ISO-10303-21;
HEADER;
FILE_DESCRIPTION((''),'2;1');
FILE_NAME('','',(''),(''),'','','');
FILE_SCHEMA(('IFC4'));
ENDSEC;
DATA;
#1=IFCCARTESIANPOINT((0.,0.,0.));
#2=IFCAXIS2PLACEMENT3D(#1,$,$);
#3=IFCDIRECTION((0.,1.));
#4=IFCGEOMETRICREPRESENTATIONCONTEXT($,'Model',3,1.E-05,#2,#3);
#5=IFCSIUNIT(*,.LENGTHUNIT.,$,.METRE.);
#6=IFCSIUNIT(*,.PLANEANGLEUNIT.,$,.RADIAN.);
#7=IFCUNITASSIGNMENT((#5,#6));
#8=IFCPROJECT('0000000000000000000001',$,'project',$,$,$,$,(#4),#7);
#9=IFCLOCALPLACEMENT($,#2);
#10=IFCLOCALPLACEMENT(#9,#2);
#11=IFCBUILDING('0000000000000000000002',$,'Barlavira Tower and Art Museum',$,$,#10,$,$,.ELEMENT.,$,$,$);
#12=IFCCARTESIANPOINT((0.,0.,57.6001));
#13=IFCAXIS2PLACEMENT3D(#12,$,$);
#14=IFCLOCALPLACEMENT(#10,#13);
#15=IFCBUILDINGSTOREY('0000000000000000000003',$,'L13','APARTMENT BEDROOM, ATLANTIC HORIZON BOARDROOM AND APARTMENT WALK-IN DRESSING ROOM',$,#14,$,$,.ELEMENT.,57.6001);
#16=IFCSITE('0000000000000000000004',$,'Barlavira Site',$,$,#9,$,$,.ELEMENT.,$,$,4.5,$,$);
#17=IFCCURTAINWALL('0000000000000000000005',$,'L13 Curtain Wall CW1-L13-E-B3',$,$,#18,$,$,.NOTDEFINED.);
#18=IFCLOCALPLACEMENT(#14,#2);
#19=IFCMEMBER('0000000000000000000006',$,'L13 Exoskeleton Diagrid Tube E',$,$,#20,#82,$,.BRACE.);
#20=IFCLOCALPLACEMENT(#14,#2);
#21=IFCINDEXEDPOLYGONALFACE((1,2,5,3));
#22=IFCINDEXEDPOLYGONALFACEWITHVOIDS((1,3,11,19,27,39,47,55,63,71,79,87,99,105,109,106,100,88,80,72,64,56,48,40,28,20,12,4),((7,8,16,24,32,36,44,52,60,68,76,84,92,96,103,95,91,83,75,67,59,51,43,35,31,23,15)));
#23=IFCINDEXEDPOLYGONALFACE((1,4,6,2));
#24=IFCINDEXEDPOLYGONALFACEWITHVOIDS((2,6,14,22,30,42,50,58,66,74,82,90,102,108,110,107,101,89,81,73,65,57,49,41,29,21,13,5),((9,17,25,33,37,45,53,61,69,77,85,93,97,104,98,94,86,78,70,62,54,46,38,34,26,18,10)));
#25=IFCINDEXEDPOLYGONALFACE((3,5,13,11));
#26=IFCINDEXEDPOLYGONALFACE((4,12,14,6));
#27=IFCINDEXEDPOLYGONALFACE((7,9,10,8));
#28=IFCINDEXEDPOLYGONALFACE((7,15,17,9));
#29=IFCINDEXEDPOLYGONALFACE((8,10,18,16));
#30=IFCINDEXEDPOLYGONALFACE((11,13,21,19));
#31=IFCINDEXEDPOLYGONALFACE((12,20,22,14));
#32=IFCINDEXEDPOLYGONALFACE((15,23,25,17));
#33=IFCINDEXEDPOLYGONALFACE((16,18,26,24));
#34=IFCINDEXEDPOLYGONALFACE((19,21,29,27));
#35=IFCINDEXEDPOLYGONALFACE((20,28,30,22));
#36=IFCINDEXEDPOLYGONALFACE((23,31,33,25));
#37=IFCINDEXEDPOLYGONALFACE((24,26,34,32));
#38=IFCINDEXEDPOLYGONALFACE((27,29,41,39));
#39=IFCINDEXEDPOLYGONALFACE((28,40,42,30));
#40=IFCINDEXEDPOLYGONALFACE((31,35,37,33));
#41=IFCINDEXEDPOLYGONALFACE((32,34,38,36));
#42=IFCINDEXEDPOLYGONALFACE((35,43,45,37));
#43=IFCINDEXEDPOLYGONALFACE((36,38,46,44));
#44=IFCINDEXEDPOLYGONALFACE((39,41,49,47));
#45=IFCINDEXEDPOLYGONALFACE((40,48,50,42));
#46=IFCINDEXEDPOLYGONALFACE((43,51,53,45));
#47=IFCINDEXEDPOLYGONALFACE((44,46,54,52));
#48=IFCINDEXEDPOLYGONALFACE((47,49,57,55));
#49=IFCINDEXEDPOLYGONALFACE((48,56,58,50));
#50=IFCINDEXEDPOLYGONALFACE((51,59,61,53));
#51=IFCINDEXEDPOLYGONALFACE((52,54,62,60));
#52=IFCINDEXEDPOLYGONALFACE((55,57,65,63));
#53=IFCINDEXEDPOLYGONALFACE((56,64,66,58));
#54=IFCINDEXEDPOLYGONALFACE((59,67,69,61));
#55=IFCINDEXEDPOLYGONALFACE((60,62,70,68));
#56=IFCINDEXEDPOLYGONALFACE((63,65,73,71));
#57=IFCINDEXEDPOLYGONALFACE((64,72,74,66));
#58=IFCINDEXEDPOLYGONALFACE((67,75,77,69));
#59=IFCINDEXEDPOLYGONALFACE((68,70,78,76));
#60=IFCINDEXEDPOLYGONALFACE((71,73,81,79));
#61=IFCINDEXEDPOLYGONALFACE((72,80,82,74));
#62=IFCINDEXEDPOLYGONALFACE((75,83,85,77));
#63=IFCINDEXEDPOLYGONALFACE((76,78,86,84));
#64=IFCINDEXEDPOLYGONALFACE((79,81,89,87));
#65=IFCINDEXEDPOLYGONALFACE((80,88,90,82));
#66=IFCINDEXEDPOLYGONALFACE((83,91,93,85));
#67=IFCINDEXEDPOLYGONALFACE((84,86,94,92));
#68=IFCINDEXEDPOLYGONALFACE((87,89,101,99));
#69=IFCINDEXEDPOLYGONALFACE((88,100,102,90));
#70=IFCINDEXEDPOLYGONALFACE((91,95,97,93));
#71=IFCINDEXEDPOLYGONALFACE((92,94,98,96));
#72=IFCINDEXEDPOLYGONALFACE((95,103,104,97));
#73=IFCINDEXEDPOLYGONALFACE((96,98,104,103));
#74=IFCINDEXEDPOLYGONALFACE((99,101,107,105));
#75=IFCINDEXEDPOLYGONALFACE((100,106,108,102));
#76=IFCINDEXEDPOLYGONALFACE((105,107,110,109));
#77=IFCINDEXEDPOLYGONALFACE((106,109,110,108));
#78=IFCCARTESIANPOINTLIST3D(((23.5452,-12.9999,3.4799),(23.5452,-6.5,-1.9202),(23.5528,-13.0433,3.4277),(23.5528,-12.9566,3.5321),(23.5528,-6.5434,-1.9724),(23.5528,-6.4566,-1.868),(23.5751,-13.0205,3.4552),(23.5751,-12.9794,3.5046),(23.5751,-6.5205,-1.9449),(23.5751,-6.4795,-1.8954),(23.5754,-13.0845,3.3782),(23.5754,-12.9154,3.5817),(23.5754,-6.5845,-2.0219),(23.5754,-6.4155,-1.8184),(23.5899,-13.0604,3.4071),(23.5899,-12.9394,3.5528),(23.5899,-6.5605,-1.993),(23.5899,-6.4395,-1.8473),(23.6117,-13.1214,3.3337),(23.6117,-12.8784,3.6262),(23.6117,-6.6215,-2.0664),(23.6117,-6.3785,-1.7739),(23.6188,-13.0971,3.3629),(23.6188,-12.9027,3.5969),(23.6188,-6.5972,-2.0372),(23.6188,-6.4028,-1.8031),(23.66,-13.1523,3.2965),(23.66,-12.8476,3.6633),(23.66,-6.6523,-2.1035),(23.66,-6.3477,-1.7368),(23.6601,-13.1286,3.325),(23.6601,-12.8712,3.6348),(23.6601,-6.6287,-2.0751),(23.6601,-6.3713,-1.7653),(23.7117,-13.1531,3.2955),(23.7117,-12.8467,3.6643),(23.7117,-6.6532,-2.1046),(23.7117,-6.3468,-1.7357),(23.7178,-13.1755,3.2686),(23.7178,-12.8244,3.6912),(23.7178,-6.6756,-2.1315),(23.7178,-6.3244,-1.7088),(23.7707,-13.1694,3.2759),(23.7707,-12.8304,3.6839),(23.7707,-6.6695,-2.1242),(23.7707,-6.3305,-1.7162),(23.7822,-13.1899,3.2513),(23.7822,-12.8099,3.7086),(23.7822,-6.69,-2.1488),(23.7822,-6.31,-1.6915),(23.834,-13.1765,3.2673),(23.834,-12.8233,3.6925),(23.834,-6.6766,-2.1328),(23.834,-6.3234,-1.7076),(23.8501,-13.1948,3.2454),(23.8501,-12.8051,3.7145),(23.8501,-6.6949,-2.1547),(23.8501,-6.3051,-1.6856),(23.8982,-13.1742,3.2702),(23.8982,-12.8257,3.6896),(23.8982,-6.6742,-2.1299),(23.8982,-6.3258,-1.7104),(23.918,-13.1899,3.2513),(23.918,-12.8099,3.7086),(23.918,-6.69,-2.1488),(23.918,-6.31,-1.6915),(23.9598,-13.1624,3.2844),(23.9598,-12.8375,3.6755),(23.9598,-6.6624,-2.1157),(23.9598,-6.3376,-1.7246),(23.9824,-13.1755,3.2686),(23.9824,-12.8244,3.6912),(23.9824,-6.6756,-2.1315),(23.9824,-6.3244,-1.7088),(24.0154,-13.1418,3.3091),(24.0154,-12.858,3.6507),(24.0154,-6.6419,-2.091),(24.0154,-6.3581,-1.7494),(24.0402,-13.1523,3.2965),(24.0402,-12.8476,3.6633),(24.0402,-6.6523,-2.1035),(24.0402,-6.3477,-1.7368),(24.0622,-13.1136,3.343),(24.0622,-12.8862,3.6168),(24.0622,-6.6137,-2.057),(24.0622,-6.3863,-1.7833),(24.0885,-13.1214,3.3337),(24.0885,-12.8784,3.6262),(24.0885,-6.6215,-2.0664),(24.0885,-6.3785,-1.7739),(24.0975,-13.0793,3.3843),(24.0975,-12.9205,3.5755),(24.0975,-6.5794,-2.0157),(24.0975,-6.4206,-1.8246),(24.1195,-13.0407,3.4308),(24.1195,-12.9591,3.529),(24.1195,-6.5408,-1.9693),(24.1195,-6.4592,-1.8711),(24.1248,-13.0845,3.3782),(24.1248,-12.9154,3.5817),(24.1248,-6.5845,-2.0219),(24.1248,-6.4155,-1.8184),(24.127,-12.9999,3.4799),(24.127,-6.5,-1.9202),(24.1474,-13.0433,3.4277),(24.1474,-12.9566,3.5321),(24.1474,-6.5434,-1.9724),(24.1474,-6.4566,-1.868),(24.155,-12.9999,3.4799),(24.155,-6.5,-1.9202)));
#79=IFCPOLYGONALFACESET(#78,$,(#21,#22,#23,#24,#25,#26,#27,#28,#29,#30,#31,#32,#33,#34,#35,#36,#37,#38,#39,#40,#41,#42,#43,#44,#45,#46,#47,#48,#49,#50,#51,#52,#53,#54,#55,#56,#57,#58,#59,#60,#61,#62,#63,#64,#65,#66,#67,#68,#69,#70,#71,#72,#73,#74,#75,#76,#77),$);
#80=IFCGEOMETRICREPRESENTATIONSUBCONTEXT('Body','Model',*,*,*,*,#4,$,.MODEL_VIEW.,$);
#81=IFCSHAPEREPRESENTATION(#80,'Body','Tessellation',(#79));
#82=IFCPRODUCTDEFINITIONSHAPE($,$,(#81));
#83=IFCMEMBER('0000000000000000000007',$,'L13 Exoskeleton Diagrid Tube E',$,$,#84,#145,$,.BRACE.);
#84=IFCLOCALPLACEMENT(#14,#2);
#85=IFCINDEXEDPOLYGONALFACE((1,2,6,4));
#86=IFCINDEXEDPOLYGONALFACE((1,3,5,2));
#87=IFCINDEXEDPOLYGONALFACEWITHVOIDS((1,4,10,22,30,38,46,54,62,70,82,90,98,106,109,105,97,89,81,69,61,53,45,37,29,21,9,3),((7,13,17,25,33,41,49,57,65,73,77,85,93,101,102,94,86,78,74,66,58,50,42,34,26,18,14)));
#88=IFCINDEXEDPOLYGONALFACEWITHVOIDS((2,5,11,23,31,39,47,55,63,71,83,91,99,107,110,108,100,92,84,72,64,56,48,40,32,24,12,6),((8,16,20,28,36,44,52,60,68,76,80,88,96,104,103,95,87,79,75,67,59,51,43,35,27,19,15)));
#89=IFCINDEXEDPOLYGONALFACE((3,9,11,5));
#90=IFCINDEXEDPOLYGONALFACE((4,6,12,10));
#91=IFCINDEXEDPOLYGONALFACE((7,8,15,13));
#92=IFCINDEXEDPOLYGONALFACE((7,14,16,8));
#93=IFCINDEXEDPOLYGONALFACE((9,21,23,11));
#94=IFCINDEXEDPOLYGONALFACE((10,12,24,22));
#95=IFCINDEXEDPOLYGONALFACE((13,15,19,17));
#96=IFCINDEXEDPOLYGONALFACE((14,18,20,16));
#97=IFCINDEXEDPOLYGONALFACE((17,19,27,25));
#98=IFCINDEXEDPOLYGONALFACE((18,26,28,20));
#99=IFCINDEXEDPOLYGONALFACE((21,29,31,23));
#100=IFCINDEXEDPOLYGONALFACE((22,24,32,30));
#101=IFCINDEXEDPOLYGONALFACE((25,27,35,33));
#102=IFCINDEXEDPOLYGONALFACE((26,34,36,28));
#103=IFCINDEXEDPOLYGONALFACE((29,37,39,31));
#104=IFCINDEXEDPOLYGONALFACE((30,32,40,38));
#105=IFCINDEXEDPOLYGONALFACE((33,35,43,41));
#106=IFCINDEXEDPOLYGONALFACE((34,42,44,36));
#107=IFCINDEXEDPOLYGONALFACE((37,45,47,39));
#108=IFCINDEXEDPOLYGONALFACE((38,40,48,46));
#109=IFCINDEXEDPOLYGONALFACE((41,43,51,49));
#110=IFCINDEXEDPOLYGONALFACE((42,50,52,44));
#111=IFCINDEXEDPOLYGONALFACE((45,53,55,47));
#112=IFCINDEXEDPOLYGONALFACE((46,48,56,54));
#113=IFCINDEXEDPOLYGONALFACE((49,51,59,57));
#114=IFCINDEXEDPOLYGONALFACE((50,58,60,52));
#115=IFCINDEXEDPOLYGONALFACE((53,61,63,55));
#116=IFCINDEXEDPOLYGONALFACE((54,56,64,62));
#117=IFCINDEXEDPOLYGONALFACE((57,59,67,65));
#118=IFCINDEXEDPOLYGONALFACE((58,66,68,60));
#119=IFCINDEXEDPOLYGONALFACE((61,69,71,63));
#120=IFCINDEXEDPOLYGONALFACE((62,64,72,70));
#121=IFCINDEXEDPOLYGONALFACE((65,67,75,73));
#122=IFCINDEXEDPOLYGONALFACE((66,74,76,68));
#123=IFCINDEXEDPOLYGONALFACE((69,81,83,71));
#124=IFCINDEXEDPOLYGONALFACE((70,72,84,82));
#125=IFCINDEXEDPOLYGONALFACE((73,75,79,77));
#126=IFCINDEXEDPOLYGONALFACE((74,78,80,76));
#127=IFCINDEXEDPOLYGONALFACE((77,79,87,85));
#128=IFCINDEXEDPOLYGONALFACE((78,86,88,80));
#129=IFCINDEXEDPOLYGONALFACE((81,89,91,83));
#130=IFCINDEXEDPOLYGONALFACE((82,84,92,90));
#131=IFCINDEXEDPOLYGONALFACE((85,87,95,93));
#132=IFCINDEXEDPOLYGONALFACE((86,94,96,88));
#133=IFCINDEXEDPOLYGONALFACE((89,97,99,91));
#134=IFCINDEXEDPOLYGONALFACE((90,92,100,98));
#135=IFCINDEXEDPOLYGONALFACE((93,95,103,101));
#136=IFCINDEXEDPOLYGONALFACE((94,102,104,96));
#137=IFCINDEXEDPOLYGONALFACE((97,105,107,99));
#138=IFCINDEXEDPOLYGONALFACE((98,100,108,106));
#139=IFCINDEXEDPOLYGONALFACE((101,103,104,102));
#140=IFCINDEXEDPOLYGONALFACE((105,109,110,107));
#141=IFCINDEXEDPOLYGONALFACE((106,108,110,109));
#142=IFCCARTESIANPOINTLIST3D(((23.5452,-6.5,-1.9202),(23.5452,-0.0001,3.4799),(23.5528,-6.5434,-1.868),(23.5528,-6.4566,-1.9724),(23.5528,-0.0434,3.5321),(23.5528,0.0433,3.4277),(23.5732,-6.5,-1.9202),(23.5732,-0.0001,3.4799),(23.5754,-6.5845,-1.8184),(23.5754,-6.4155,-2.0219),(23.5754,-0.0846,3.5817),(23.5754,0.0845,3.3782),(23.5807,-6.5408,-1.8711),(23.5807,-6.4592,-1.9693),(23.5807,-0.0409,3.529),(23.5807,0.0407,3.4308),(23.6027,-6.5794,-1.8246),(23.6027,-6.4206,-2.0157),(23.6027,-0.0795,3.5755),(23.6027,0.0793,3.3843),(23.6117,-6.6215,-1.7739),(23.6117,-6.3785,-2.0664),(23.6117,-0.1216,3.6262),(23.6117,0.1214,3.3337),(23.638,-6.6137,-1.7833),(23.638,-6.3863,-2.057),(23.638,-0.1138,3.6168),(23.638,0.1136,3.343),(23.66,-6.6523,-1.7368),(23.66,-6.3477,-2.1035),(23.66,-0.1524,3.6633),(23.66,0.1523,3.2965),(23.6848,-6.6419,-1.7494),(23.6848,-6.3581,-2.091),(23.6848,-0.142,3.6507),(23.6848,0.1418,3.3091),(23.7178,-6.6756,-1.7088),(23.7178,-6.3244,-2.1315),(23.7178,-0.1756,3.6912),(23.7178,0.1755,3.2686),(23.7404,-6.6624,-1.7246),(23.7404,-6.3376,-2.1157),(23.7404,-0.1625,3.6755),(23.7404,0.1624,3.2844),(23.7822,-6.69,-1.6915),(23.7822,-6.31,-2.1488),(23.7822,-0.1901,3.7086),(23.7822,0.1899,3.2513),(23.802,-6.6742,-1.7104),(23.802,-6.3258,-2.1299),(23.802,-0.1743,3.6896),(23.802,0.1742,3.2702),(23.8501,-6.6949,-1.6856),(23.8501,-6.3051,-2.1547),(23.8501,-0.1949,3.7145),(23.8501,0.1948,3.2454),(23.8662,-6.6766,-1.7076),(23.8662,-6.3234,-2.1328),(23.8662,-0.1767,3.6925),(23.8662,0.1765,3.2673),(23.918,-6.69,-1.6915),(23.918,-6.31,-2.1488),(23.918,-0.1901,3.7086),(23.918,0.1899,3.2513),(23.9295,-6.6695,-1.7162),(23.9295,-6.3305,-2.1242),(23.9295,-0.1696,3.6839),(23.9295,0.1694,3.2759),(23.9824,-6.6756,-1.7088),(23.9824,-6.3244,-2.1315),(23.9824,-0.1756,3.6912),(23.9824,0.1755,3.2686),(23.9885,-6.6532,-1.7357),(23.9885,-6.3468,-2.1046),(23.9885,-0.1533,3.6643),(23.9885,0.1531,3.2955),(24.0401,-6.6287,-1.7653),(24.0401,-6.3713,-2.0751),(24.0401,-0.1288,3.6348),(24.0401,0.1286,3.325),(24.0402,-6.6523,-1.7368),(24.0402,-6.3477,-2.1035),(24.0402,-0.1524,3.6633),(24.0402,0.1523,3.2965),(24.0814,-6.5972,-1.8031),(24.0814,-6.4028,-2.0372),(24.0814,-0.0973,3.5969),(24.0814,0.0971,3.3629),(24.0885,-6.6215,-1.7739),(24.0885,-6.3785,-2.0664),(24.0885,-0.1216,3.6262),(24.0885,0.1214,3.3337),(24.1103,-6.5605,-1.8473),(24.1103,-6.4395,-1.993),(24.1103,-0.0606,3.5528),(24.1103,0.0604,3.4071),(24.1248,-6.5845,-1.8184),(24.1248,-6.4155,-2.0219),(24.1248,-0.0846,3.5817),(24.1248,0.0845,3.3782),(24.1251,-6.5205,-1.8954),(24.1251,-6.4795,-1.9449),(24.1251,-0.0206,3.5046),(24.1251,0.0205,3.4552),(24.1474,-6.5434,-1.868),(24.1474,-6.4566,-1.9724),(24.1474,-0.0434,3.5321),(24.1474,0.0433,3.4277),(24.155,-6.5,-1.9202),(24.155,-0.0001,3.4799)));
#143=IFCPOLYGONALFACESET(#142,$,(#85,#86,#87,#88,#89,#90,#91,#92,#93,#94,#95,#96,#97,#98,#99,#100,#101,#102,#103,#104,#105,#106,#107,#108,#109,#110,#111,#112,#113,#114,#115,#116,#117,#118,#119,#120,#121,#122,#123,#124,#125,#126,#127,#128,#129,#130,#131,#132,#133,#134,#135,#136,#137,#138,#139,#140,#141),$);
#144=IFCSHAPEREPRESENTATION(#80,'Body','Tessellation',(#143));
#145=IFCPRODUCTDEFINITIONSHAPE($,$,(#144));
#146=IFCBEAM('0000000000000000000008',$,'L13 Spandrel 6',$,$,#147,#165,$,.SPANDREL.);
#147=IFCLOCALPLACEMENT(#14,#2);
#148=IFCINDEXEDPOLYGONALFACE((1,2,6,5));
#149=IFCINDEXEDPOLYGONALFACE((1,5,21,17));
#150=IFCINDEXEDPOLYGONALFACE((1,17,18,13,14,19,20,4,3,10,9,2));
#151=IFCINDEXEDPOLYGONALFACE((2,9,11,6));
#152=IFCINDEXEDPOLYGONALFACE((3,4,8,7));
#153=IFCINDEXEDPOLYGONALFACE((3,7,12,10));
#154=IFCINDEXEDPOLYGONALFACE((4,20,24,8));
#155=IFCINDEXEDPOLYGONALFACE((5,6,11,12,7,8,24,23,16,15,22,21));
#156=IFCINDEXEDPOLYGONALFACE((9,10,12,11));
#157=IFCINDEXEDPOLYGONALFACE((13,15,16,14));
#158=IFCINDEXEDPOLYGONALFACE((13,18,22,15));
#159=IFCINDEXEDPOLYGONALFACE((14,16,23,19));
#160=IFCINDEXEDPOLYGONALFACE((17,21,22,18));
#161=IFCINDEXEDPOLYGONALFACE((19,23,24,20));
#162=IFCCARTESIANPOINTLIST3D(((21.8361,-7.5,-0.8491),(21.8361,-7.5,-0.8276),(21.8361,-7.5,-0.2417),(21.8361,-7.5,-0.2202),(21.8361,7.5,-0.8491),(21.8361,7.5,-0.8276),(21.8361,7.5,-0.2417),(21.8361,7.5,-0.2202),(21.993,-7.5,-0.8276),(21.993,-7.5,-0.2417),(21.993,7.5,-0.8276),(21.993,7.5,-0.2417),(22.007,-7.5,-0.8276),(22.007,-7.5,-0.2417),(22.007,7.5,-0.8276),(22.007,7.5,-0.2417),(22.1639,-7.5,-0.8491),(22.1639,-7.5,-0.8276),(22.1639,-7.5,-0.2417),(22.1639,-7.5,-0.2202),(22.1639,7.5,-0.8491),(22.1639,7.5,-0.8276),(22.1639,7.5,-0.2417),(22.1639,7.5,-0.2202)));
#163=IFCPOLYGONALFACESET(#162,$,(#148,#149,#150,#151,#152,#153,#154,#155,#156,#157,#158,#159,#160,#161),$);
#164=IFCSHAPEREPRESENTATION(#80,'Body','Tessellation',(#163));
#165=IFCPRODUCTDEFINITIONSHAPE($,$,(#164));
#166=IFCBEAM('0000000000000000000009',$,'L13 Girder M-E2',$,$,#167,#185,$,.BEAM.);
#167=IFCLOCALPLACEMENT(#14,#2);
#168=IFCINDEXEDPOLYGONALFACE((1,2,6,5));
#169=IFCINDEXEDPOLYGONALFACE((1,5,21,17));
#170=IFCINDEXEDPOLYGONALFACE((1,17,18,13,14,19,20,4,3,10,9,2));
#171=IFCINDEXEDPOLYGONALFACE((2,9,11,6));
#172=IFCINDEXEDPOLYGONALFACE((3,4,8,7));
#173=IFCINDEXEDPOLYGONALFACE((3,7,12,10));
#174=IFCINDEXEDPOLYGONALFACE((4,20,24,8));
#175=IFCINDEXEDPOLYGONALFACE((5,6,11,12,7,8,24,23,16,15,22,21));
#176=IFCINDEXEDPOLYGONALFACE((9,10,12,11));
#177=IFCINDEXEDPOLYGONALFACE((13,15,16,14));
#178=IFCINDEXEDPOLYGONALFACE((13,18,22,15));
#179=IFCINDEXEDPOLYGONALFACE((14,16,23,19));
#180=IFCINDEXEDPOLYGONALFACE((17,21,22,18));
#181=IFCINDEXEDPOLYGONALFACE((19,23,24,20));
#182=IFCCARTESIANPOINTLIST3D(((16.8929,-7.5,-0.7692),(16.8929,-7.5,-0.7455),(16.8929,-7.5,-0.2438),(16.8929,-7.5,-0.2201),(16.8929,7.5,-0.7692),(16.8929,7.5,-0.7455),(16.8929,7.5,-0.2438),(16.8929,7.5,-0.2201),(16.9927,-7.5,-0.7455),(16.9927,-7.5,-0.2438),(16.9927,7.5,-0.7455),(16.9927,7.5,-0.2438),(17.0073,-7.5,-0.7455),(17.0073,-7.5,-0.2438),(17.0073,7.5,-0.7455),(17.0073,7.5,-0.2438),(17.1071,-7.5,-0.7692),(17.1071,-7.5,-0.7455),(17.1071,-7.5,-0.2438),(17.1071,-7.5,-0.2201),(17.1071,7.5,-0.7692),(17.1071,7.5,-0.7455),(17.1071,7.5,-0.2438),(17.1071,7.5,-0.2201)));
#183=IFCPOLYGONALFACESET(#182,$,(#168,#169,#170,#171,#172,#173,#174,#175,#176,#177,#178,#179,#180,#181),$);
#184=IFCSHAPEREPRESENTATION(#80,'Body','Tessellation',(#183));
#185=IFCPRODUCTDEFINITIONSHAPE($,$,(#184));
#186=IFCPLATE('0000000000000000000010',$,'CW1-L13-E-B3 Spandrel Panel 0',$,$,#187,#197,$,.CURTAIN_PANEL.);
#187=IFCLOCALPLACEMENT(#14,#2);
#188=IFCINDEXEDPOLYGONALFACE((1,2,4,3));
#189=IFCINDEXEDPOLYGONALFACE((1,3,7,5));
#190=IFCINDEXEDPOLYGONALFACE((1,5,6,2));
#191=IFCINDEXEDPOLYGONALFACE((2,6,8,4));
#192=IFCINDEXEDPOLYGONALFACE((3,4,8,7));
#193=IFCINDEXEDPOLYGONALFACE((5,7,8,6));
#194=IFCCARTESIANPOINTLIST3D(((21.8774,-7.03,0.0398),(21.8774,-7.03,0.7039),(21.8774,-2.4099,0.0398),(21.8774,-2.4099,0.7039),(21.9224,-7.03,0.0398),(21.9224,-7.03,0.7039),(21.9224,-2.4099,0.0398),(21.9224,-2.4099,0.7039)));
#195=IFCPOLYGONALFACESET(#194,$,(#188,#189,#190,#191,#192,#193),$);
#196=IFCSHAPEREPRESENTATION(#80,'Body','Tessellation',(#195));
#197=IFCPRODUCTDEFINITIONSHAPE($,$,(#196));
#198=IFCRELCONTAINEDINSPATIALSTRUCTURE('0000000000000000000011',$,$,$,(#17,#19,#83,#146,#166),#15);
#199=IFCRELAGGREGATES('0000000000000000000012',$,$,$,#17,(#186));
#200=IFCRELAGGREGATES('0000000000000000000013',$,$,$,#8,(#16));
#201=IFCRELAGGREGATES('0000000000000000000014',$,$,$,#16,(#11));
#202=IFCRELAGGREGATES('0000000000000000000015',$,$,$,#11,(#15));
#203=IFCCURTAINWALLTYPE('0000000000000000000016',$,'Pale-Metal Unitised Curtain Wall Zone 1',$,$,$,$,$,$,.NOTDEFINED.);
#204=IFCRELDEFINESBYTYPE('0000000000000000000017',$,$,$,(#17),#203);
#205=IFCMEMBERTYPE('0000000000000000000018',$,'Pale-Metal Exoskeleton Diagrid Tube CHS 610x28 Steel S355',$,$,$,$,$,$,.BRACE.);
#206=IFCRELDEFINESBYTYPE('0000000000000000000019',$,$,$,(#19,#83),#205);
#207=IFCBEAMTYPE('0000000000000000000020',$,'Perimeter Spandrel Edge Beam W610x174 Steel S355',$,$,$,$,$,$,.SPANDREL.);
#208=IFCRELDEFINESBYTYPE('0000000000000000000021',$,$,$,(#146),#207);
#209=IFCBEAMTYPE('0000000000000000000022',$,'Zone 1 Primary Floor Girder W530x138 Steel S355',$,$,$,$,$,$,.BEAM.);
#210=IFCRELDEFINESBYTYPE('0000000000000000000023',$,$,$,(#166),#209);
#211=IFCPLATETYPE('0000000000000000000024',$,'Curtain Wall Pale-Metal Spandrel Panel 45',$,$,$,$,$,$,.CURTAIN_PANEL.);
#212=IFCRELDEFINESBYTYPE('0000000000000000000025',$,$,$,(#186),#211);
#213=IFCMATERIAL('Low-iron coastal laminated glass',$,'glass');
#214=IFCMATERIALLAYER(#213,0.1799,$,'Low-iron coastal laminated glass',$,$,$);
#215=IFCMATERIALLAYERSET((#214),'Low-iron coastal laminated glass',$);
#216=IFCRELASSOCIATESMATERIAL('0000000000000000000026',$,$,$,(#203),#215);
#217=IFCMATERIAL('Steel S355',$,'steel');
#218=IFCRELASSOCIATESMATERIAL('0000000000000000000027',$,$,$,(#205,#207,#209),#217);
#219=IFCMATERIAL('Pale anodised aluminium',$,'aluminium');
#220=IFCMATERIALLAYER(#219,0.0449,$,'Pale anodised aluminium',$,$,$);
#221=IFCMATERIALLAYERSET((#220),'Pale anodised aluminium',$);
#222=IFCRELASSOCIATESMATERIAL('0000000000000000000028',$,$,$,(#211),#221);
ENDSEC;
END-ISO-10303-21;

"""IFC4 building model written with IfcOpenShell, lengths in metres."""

from ifc_helpers import new_model, si_unit, direction, frame, origin, origin_2d, place, context, subcontext, project, spatial, rectangle, hollow_circle, i_section, extrude, material, layer, layer_set, material_profile, profile_set, type_object, element, aggregate, save


model = new_model("IFC4")

# Units and contexts
model_context = context("Model", 3, precision=1e-05, world=origin(), true_north=direction((0.0, 1.0)))
body_context = subcontext(model_context, "Body", "Model", "MODEL_VIEW")
ifc_project = project(units=[si_unit("LENGTHUNIT", "METRE"), si_unit("PLANEANGLEUNIT", "RADIAN")], contexts=[model_context])

# Site, building, storey
site_placement = place(None, origin())
site = spatial("IfcSite", under=ifc_project, at=site_placement, Name="Barlavira Site", CompositionType="ELEMENT", RefElevation=4.5)
building_placement = place(site_placement, origin())
building = spatial("IfcBuilding", under=site, at=building_placement, Name="Barlavira Tower and Art Museum", CompositionType="ELEMENT")
storey_placement = place(building_placement, frame((0.0, 0.0, 57.6001)))
storey = spatial("IfcBuildingStorey", under=building, at=storey_placement, Name="L13", Description="APARTMENT BEDROOM, ATLANTIC HORIZON BOARDROOM AND APARTMENT WALK-IN DRESSING ROOM", CompositionType="ELEMENT", Elevation=57.6001)

# Curtain wall
ifc_material_1 = material(Name="Low-iron coastal laminated glass", Category="glass")
ifc_layer_1 = layer(ifc_material_1, 0.1799, Name="Low-iron coastal laminated glass")
ifc_layer_set_1 = layer_set([ifc_layer_1], Name="Low-iron coastal laminated glass")
curtain_wall_type = type_object("IfcCurtainWallType", Name="Pale-Metal Unitised Curtain Wall Zone 1", PredefinedType="NOTDEFINED", material=ifc_layer_set_1)
curtain_wall_placement = place(storey_placement, origin())
curtain_wall = element("IfcCurtainWall", 1, at=curtain_wall_placement, inside=storey, type_object=curtain_wall_type, Name="L13 Curtain Wall CW1-L13-E-B3", PredefinedType="NOTDEFINED")
ifc_material_2 = material(Name="Pale anodised aluminium", Category="aluminium")

# Members
ifc_material_3 = material(Name="Steel S355", Category="steel")
ifc_material_profile_1 = material_profile(ifc_material_3, hollow_circle(Radius=0.3049, WallThickness=0.0281, at=origin_2d()), Name="CHS 610.0x28.0")
ifc_profile_set_1 = profile_set([ifc_material_profile_1], Name="Steel S355")
member_type_1 = type_object("IfcMemberType", Name="Pale-Metal Exoskeleton Diagrid Tube CHS 610x28 Steel S355", PredefinedType="BRACE", material=ifc_profile_set_1)
for number, where, z_axis, x_axis, name in (
    (2, (23.8501, -6.5, -1.9202), (0.0, -0.769182, 0.63903), (1.0, 0.0, 0.0), "L13 Exoskeleton Diagrid Tube E"),
    (3, (23.8501, -6.5, -1.9202), (0.0, 0.769182, 0.63903), (-1.0, 0.0, 0.0), "L13 Exoskeleton Diagrid Tube E"),
):
    element("IfcMember", number, at=place(storey_placement, frame(where, z_axis=z_axis, x_axis=x_axis)), inside=storey, type_object=member_type_1, Name=name, PredefinedType="BRACE", context=body_context, shape_type="SweptSolid", body=[
        extrude(hollow_circle(Radius=0.3049, WallThickness=0.0281, at=origin_2d()), origin(), (0.0, 0.0, 1.0), 8.4504),
    ])

# Beams
ifc_material_profile_2 = material_profile(ifc_material_3, i_section(OverallWidth=0.3279, OverallDepth=0.6289, WebThickness=0.0139, FlangeThickness=0.0215, at=origin_2d()), Name="W610x174.0")
ifc_profile_set_2 = profile_set([ifc_material_profile_2], Name="Steel S355")
beam_type_1 = type_object("IfcBeamType", Name="Perimeter Spandrel Edge Beam W610x174 Steel S355", PredefinedType="SPANDREL", material=ifc_profile_set_2)
beam_1_placement = place(storey_placement, frame((22.0, -7.5, -0.5347), z_axis=(0.0, 1.0, 0.0), x_axis=(-1.0, 0.0, 0.0)))
element("IfcBeam", 4, at=beam_1_placement, inside=storey, type_object=beam_type_1, Name="L13 Spandrel 6", PredefinedType="SPANDREL", context=body_context, shape_type="SweptSolid", body=[
    extrude(i_section(OverallWidth=0.3279, OverallDepth=0.6289, WebThickness=0.0139, FlangeThickness=0.0215, at=origin_2d()), origin(), (0.0, 0.0, 1.0), 15.0),
])
ifc_material_profile_3 = material_profile(ifc_material_3, i_section(OverallWidth=0.2141, OverallDepth=0.5491, WebThickness=0.0146, FlangeThickness=0.0237, at=origin_2d()), Name="W530x138.0")
ifc_profile_set_3 = profile_set([ifc_material_profile_3], Name="Steel S355")
beam_type_2 = type_object("IfcBeamType", Name="Zone 1 Primary Floor Girder W530x138 Steel S355", PredefinedType="BEAM", material=ifc_profile_set_3)
beam_2_placement = place(storey_placement, frame((17.0, -7.5, -0.4946), z_axis=(0.0, 1.0, 0.0), x_axis=(-1.0, 0.0, 0.0)))
element("IfcBeam", 5, at=beam_2_placement, inside=storey, type_object=beam_type_2, Name="L13 Girder M-E2", PredefinedType="BEAM", context=body_context, shape_type="SweptSolid", body=[
    extrude(i_section(OverallWidth=0.2141, OverallDepth=0.5491, WebThickness=0.0146, FlangeThickness=0.0237, at=origin_2d()), origin(), (0.0, 0.0, 1.0), 15.0),
])

# Plate
ifc_layer_2 = layer(ifc_material_2, 0.0449, Name="Pale anodised aluminium")
ifc_layer_set_2 = layer_set([ifc_layer_2], Name="Pale anodised aluminium")
plate_type_1 = type_object("IfcPlateType", Name="Curtain Wall Pale-Metal Spandrel Panel 45", PredefinedType="CURTAIN_PANEL", material=ifc_layer_set_2)
plate_1_placement = place(storey_placement, frame((21.8999, -4.72, 0.0398), z_axis=(0.0, 0.0, 1.0), x_axis=(0.0, 1.0, 0.0)))
plate_1 = element("IfcPlate", 6, at=plate_1_placement, type_object=plate_type_1, Name="CW1-L13-E-B3 Spandrel Panel 0", PredefinedType="CURTAIN_PANEL", context=body_context, shape_type="SweptSolid", body=[
    extrude(rectangle(XDim=4.6201, YDim=0.0449, at=origin_2d()), origin(), (0.0, 0.0, 1.0), 0.6641),
])
aggregate(curtain_wall, [plate_1])

save(model, "model.ifc")
